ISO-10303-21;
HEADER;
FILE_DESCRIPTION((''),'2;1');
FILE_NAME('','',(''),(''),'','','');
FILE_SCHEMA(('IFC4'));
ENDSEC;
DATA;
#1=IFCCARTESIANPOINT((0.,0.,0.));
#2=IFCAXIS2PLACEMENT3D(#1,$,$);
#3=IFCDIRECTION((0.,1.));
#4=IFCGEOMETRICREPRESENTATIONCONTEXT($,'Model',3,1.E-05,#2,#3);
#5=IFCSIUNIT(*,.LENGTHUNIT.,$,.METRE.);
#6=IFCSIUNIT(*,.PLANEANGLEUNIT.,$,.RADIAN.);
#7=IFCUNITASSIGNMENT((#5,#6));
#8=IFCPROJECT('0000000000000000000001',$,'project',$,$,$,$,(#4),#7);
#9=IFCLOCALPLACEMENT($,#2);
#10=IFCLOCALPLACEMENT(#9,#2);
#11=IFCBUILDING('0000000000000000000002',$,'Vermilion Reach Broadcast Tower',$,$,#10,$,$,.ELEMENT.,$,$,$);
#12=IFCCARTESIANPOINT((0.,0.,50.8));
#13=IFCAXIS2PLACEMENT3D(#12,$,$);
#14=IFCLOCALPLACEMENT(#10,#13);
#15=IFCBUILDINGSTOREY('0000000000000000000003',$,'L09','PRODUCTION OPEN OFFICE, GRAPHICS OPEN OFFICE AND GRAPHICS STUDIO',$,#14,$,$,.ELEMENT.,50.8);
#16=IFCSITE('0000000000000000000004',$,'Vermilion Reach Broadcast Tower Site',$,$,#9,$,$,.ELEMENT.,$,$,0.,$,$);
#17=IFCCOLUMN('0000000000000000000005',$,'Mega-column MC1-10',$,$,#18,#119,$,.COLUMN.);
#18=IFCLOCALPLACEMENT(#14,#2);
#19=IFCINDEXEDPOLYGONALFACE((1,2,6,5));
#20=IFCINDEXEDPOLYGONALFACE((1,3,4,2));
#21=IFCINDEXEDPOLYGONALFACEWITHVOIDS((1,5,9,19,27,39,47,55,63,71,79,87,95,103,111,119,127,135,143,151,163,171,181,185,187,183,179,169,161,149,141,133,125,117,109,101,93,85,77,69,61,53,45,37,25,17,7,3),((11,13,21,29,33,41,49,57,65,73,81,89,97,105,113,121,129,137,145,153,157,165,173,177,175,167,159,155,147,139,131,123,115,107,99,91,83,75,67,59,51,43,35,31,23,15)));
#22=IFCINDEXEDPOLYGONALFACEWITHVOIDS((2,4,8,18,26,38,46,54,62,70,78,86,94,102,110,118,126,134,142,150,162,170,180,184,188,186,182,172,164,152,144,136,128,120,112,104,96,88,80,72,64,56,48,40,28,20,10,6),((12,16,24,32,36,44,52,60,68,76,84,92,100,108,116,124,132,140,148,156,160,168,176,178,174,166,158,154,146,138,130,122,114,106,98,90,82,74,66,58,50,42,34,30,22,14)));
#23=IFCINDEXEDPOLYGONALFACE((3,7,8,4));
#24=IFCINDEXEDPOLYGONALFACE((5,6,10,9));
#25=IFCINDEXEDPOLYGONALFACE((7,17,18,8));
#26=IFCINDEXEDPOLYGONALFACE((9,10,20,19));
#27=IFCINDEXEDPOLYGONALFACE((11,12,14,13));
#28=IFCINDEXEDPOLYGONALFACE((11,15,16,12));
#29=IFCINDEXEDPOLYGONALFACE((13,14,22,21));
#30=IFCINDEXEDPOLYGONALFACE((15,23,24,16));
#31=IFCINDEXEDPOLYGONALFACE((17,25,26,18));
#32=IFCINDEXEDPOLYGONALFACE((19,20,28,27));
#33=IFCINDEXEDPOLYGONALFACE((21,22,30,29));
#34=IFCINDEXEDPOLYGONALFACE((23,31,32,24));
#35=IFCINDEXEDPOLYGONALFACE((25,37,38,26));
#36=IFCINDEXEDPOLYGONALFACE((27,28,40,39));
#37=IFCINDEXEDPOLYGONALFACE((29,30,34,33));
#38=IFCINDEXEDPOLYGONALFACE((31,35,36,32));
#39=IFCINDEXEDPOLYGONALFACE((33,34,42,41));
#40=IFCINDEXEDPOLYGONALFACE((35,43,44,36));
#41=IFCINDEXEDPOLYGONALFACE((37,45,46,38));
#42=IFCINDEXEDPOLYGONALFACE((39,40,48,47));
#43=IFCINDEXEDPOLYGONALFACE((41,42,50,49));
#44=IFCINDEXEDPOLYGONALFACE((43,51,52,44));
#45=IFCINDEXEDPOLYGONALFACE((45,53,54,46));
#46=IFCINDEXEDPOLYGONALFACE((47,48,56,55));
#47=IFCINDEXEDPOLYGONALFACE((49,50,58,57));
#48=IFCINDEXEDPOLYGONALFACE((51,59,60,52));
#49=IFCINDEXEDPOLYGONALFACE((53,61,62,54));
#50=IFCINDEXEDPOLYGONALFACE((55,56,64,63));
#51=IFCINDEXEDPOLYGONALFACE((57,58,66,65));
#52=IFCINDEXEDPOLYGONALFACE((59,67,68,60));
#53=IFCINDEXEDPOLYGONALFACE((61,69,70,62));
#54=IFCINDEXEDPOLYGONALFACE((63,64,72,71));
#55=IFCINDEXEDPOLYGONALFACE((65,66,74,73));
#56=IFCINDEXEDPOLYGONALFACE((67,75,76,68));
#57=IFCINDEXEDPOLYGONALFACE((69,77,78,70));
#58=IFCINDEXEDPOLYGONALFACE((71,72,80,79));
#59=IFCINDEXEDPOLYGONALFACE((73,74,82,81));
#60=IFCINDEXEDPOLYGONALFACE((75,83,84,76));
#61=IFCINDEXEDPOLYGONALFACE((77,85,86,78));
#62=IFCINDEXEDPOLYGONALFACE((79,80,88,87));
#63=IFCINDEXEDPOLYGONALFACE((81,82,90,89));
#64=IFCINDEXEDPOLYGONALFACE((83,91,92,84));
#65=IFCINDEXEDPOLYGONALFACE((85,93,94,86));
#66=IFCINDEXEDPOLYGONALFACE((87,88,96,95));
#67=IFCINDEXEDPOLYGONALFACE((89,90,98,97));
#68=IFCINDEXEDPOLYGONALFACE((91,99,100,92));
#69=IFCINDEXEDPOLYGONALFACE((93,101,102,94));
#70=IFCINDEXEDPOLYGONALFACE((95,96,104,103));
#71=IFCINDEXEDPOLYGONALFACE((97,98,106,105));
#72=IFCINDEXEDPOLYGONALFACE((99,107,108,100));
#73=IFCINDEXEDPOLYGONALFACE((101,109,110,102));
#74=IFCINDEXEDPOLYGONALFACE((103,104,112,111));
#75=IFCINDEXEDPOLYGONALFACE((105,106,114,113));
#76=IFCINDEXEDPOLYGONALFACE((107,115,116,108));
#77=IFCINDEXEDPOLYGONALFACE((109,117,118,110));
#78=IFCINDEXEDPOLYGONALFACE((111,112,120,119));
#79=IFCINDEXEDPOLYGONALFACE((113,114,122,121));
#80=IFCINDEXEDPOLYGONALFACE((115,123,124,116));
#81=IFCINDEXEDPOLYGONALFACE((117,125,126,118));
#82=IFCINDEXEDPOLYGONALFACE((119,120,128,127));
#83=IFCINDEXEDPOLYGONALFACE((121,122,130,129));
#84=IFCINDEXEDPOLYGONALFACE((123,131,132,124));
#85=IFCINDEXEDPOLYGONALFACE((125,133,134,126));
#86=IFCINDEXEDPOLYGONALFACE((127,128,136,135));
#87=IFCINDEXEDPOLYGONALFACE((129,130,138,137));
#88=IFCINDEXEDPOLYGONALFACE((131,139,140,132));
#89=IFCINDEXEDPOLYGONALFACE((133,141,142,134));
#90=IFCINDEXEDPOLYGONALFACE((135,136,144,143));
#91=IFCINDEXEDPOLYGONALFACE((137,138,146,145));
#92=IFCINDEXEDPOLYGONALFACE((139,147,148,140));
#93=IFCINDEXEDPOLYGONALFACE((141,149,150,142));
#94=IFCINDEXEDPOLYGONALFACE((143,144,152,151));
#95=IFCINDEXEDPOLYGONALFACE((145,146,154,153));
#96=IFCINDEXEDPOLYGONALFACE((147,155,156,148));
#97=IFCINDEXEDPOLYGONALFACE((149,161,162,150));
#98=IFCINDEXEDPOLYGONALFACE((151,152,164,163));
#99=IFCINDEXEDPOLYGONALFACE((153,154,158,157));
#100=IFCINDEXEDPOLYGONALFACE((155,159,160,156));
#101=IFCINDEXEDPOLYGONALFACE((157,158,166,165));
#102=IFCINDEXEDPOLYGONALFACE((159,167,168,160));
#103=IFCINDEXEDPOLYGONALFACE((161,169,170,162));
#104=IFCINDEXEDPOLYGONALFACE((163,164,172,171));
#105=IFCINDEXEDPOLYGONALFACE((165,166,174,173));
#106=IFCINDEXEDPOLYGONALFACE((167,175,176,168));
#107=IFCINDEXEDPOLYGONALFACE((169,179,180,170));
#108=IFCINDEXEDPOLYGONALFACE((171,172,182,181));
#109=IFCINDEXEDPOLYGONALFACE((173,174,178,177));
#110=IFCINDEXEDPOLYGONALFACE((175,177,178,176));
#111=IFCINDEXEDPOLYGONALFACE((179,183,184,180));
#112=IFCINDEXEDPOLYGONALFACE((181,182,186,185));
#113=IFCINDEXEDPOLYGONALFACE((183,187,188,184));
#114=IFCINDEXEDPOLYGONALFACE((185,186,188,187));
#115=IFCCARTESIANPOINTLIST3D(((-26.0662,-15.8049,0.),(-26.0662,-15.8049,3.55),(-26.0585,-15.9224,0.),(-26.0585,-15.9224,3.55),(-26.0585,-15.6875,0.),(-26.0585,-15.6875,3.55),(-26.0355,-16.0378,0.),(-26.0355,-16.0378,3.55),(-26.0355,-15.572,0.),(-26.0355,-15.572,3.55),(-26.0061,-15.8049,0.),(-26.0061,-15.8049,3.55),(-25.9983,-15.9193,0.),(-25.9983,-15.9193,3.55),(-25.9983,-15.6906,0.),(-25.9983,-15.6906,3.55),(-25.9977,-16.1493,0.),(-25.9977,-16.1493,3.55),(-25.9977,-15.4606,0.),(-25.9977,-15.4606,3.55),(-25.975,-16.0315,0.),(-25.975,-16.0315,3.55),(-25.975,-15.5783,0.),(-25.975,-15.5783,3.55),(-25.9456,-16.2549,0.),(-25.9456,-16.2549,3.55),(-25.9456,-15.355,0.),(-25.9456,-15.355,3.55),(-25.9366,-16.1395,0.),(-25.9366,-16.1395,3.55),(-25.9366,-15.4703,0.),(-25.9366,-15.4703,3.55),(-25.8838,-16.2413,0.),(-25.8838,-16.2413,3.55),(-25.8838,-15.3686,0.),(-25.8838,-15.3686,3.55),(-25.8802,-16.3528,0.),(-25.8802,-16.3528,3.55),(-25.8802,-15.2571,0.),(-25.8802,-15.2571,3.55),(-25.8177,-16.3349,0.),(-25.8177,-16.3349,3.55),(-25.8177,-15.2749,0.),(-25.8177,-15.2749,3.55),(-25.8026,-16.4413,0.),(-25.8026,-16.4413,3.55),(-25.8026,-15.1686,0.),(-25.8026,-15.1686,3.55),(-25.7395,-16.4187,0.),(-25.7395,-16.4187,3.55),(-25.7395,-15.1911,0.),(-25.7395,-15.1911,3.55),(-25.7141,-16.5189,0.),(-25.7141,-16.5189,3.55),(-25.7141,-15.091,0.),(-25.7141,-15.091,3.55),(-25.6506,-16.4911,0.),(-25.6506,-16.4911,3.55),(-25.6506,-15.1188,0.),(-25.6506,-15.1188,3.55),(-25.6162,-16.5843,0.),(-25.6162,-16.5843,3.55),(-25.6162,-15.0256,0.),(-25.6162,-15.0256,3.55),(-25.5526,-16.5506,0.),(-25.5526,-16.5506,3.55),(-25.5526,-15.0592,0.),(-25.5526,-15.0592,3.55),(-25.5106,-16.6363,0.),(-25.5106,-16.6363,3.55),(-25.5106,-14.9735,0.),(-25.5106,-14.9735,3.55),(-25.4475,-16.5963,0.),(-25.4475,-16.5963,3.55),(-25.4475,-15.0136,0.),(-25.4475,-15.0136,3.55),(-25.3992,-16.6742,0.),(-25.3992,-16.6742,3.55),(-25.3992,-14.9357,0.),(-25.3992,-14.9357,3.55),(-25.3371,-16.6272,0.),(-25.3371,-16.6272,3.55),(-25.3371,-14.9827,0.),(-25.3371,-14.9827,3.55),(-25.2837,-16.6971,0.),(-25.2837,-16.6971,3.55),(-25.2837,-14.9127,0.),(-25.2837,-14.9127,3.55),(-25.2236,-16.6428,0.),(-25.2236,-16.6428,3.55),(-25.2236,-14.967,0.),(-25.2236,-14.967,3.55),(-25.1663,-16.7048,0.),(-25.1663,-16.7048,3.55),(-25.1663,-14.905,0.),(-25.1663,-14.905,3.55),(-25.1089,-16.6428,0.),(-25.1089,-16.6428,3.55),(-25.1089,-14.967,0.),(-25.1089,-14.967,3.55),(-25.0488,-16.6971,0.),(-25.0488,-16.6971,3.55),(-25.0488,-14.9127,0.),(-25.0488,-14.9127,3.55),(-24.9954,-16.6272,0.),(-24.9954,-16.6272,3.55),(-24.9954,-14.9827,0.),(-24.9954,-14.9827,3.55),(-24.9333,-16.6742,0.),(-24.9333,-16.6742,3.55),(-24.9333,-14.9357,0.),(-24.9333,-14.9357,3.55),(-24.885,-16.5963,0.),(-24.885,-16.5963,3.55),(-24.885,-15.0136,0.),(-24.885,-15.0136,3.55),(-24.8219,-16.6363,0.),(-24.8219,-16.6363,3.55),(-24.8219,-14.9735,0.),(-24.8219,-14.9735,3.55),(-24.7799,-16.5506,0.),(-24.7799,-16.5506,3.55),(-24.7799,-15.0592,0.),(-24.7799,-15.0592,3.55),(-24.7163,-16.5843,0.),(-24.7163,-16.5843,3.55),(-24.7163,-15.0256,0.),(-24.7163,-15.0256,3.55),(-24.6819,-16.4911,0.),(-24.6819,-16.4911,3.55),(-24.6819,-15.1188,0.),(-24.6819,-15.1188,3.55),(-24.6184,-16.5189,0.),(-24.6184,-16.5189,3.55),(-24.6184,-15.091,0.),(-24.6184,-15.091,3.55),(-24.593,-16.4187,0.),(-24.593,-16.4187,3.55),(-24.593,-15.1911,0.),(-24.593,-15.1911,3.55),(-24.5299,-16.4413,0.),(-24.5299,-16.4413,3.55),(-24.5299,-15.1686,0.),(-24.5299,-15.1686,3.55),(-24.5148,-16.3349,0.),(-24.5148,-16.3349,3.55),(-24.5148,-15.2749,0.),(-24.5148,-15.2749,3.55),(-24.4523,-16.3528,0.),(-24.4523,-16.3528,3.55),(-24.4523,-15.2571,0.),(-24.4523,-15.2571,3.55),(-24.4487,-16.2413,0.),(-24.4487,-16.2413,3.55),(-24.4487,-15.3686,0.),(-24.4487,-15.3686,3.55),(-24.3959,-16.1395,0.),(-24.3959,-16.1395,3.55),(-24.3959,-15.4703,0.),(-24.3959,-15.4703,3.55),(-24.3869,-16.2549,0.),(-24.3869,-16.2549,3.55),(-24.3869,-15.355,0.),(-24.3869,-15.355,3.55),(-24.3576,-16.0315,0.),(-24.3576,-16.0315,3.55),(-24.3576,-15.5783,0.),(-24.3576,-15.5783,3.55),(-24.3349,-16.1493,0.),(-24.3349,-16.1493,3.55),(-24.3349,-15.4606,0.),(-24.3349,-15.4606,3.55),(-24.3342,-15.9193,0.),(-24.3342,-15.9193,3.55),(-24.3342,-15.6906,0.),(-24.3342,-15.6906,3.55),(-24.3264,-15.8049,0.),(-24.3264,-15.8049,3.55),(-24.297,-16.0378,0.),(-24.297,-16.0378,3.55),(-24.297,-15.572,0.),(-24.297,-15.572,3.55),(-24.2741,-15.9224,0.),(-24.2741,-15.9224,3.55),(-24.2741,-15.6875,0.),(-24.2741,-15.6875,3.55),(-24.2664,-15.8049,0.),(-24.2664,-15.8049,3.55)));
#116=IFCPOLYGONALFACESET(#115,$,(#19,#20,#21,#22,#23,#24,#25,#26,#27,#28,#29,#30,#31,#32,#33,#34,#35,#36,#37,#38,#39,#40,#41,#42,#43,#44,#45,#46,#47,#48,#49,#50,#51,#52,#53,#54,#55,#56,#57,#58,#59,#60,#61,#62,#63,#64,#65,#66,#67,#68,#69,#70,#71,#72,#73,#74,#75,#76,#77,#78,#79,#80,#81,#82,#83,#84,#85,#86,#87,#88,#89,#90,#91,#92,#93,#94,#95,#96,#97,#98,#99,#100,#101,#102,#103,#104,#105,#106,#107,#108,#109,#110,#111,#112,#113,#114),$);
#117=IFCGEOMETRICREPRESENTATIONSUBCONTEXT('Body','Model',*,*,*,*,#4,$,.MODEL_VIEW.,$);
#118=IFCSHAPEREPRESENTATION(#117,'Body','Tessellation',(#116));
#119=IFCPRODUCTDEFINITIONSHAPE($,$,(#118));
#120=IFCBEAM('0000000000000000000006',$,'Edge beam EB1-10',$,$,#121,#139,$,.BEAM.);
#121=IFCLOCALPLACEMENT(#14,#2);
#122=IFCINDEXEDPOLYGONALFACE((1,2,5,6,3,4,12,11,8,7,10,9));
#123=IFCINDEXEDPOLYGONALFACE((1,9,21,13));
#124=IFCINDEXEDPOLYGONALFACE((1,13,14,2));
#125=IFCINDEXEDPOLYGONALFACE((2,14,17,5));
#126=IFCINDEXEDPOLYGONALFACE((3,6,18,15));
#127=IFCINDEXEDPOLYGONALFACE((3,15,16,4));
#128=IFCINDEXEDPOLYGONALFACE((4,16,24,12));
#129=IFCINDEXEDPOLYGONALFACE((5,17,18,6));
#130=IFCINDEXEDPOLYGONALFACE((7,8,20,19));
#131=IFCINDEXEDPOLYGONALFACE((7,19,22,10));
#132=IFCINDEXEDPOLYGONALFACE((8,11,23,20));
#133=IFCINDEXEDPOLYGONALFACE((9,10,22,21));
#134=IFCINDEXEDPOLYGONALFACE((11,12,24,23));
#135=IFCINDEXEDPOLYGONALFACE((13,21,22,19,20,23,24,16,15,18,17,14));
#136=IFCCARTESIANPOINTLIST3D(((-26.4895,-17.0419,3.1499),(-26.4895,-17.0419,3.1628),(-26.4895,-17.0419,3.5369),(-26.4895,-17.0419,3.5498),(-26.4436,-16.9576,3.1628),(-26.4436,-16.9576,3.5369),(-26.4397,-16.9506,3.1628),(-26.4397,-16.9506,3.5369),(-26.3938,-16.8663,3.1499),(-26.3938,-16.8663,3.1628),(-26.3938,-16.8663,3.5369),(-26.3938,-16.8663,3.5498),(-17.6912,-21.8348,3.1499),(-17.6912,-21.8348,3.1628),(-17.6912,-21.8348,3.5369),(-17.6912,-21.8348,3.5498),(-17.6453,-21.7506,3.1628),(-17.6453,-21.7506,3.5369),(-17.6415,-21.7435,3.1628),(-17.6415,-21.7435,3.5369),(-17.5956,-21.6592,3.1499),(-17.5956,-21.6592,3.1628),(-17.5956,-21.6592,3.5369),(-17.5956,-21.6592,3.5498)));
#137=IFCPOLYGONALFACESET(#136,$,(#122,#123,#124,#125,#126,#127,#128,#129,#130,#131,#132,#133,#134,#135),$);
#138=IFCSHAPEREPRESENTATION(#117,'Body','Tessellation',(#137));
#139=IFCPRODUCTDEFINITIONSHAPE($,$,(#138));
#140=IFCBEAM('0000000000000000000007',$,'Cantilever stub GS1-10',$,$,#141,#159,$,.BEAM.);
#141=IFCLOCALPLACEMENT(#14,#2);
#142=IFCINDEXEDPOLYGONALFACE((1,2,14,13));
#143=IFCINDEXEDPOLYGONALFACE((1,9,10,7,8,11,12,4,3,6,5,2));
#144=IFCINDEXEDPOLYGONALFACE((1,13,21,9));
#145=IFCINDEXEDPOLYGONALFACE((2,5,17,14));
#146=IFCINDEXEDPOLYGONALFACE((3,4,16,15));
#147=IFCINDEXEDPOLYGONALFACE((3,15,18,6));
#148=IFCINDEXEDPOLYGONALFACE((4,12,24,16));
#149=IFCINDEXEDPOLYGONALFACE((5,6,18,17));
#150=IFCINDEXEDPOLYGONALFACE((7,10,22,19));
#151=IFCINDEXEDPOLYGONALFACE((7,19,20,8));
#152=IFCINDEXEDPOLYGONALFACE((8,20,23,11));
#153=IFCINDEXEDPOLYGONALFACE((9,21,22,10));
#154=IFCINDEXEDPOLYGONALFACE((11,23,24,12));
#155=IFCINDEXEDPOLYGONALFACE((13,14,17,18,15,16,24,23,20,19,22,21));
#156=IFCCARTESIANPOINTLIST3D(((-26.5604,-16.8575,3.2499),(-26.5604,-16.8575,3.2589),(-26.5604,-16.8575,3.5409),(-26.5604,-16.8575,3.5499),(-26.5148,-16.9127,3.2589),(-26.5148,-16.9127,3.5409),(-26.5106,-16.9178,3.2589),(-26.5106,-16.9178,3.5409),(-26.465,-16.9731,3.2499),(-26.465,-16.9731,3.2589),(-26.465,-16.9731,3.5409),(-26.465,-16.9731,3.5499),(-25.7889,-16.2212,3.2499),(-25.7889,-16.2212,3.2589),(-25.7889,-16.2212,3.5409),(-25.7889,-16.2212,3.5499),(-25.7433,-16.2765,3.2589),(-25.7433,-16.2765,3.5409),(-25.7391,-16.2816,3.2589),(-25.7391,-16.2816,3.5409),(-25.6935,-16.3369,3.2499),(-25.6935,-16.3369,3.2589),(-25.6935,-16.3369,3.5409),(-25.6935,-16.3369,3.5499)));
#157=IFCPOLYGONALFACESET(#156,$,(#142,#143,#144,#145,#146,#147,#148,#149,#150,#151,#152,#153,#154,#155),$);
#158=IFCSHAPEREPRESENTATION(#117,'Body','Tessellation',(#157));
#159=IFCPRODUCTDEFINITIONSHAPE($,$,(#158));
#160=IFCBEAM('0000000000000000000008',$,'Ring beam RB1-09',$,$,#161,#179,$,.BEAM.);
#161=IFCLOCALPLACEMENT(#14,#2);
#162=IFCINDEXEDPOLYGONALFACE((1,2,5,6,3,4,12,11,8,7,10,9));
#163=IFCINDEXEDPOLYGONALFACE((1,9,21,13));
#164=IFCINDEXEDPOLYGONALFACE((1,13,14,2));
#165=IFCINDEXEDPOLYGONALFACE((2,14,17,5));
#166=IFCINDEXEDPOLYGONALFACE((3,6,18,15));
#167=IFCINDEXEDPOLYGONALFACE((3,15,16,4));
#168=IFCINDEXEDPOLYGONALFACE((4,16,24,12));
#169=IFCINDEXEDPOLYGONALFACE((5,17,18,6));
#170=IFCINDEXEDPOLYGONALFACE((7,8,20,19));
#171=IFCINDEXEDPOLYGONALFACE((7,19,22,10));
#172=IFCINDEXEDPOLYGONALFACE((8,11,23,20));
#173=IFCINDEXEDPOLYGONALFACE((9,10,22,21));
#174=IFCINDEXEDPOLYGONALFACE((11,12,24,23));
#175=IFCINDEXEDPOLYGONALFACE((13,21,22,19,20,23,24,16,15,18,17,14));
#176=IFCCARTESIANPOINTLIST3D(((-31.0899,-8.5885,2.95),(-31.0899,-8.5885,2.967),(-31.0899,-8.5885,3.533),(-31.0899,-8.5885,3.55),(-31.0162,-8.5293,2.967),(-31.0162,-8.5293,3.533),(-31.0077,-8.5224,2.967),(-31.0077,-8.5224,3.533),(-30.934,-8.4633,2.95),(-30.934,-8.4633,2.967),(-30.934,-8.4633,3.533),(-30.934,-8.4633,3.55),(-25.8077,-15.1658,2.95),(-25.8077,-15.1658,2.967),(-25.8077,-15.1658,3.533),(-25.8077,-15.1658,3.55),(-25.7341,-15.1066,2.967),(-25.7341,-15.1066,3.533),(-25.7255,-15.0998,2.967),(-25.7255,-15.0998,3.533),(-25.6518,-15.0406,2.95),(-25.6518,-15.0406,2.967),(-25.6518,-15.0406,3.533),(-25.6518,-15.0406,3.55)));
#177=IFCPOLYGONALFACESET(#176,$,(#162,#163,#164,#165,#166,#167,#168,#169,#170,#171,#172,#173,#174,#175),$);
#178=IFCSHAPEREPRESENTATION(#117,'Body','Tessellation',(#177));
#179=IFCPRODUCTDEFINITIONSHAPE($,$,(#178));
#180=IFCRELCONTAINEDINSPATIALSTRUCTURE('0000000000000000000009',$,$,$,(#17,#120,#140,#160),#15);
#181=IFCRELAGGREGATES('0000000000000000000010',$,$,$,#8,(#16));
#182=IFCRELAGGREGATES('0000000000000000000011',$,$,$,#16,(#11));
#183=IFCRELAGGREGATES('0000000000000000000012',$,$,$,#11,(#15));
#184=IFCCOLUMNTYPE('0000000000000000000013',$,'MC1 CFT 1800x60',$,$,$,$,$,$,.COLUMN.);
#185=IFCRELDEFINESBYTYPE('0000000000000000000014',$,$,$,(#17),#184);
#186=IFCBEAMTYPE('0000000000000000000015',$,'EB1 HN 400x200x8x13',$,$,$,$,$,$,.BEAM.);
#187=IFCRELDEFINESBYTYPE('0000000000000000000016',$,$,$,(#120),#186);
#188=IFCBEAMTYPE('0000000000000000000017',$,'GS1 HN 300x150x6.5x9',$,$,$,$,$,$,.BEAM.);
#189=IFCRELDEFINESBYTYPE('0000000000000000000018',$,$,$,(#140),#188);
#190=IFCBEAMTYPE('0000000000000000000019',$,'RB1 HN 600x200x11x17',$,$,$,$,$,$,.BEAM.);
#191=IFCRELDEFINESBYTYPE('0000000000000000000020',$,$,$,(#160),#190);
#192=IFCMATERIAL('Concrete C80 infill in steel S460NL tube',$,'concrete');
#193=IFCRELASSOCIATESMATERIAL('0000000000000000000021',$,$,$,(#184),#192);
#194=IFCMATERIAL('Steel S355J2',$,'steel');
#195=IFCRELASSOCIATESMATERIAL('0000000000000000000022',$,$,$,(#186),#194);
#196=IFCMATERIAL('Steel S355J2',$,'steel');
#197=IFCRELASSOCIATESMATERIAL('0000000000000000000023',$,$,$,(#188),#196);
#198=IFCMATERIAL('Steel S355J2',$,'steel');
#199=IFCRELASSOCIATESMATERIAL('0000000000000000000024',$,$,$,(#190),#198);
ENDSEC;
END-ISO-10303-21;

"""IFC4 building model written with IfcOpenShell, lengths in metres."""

from ifc_helpers import new_model, si_unit, direction, frame, origin, origin_2d, place, context, subcontext, project, spatial, hollow_circle, i_section, extrude, material, material_profile, profile_set, type_object, element, save


model = new_model("IFC4")

# Units and contexts
model_context = context("Model", 3, precision=1e-05, world=origin(), true_north=direction((0.0, 1.0)))
body_context = subcontext(model_context, "Body", "Model", "MODEL_VIEW")
ifc_project = project(units=[si_unit("LENGTHUNIT", "METRE"), si_unit("PLANEANGLEUNIT", "RADIAN")], contexts=[model_context])

# Site, building, storey
site_placement = place(None, origin())
site = spatial("IfcSite", under=ifc_project, at=site_placement, Name="Vermilion Reach Broadcast Tower Site", CompositionType="ELEMENT", RefElevation=0.0)
building_placement = place(site_placement, origin())
building = spatial("IfcBuilding", under=site, at=building_placement, Name="Vermilion Reach Broadcast Tower", CompositionType="ELEMENT")
storey_placement = place(building_placement, frame((0.0, 0.0, 50.8)))
storey = spatial("IfcBuildingStorey", under=building, at=storey_placement, Name="L09", Description="PRODUCTION OPEN OFFICE, GRAPHICS OPEN OFFICE AND GRAPHICS STUDIO", CompositionType="ELEMENT", Elevation=50.8)

# Column
ifc_material_1 = material(Name="Concrete C80 infill in steel S460NL tube", Category="concrete")
ifc_material_profile_1 = material_profile(ifc_material_1, hollow_circle(Radius=0.8999, WallThickness=0.0601, at=origin_2d()), Name="Concrete C80 infill in steel S460NL tube CFT 1800x60")
ifc_profile_set_1 = profile_set([ifc_material_profile_1], Name="Concrete C80 infill in steel S460NL tube")
column_type = type_object("IfcColumnType", Name="MC1 CFT 1800x60", PredefinedType="COLUMN", material=ifc_profile_set_1)
column_placement = place(storey_placement, frame((-25.1663, -15.8049, 0.0), z_axis=(0.0, 0.0, 1.0), x_axis=(1.0, 0.0, 0.0)))
element("IfcColumn", 1, at=column_placement, inside=storey, type_object=column_type, Name="Mega-column MC1-10", PredefinedType="COLUMN", context=body_context, shape_type="SweptSolid", body=[
    extrude(hollow_circle(Radius=0.8999, WallThickness=0.0601, at=origin_2d()), origin(), (0.0, 0.0, 1.0), 3.55),
])

# Beams
ifc_material_2 = material(Name="Steel S355J2", Category="steel")
ifc_material_profile_2 = material_profile(ifc_material_2, i_section(OverallWidth=0.2, OverallDepth=0.3999, WebThickness=0.0081, FlangeThickness=0.0129, at=origin_2d()), Name="S355J2 HN 400x200x8x13")
ifc_profile_set_2 = profile_set([ifc_material_profile_2], Name="Steel S355J2")
beam_type_1 = type_object("IfcBeamType", Name="EB1 HN 400x200x8x13", PredefinedType="BEAM", material=ifc_profile_set_2)
beam_1_placement = place(storey_placement, frame((-26.4417, -16.9541, 3.3499), z_axis=(0.878152, -0.478381, 0.0), x_axis=(0.478381, 0.878152, 0.0)))
element("IfcBeam", 2, at=beam_1_placement, inside=storey, type_object=beam_type_1, Name="Edge beam EB1-10", PredefinedType="BEAM", context=body_context, shape_type="SweptSolid", body=[
    extrude(i_section(OverallWidth=0.2, OverallDepth=0.3999, WebThickness=0.0081, FlangeThickness=0.0129, at=origin_2d()), origin(), (0.0, 0.0, 1.0), 10.019),
])
ifc_material_3 = material(Name="Steel S355J2", Category="steel")
ifc_material_profile_3 = material_profile(ifc_material_3, i_section(OverallWidth=0.1499, OverallDepth=0.3, WebThickness=0.0066, FlangeThickness=0.009, at=origin_2d()), Name="S355J2 HN 300x150x6.5x9")
ifc_profile_set_3 = profile_set([ifc_material_profile_3], Name="Steel S355J2")
beam_type_2 = type_object("IfcBeamType", Name="GS1 HN 300x150x6.5x9", PredefinedType="BEAM", material=ifc_profile_set_3)
beam_2_placement = place(storey_placement, frame((-25.7412, -16.2791, 3.3999), z_axis=(-0.771493, -0.636238, 0.0), x_axis=(0.636238, -0.771493, 0.0)))
element("IfcBeam", 3, at=beam_2_placement, inside=storey, type_object=beam_type_2, Name="Cantilever stub GS1-10", PredefinedType="BEAM", context=body_context, shape_type="SweptSolid", body=[
    extrude(i_section(OverallWidth=0.1499, OverallDepth=0.3, WebThickness=0.0066, FlangeThickness=0.009, at=origin_2d()), origin(), (0.0, 0.0, 1.0), 1.0),
])
ifc_material_4 = material(Name="Steel S355J2", Category="steel")
ifc_material_profile_4 = material_profile(ifc_material_4, i_section(OverallWidth=0.2, OverallDepth=0.6001, WebThickness=0.011, FlangeThickness=0.0171, at=origin_2d()), Name="S355J2 HN 600x200x11x17")
ifc_profile_set_4 = profile_set([ifc_material_profile_4], Name="Steel S355J2")
beam_type_3 = type_object("IfcBeamType", Name="RB1 HN 600x200x11x17", PredefinedType="BEAM", material=ifc_profile_set_4)
beam_3_placement = place(storey_placement, frame((-31.012, -8.5259, 3.25), z_axis=(0.626162, -0.779693, 0.0), x_axis=(0.779693, 0.626162, 0.0)))
element("IfcBeam", 4, at=beam_3_placement, inside=storey, type_object=beam_type_3, Name="Ring beam RB1-09", PredefinedType="BEAM", context=body_context, shape_type="SweptSolid", body=[
    extrude(i_section(OverallWidth=0.2, OverallDepth=0.6001, WebThickness=0.011, FlangeThickness=0.0171, at=origin_2d()), origin(), (0.0, 0.0, 1.0), 8.4358),
])

save(model, "model.ifc")
